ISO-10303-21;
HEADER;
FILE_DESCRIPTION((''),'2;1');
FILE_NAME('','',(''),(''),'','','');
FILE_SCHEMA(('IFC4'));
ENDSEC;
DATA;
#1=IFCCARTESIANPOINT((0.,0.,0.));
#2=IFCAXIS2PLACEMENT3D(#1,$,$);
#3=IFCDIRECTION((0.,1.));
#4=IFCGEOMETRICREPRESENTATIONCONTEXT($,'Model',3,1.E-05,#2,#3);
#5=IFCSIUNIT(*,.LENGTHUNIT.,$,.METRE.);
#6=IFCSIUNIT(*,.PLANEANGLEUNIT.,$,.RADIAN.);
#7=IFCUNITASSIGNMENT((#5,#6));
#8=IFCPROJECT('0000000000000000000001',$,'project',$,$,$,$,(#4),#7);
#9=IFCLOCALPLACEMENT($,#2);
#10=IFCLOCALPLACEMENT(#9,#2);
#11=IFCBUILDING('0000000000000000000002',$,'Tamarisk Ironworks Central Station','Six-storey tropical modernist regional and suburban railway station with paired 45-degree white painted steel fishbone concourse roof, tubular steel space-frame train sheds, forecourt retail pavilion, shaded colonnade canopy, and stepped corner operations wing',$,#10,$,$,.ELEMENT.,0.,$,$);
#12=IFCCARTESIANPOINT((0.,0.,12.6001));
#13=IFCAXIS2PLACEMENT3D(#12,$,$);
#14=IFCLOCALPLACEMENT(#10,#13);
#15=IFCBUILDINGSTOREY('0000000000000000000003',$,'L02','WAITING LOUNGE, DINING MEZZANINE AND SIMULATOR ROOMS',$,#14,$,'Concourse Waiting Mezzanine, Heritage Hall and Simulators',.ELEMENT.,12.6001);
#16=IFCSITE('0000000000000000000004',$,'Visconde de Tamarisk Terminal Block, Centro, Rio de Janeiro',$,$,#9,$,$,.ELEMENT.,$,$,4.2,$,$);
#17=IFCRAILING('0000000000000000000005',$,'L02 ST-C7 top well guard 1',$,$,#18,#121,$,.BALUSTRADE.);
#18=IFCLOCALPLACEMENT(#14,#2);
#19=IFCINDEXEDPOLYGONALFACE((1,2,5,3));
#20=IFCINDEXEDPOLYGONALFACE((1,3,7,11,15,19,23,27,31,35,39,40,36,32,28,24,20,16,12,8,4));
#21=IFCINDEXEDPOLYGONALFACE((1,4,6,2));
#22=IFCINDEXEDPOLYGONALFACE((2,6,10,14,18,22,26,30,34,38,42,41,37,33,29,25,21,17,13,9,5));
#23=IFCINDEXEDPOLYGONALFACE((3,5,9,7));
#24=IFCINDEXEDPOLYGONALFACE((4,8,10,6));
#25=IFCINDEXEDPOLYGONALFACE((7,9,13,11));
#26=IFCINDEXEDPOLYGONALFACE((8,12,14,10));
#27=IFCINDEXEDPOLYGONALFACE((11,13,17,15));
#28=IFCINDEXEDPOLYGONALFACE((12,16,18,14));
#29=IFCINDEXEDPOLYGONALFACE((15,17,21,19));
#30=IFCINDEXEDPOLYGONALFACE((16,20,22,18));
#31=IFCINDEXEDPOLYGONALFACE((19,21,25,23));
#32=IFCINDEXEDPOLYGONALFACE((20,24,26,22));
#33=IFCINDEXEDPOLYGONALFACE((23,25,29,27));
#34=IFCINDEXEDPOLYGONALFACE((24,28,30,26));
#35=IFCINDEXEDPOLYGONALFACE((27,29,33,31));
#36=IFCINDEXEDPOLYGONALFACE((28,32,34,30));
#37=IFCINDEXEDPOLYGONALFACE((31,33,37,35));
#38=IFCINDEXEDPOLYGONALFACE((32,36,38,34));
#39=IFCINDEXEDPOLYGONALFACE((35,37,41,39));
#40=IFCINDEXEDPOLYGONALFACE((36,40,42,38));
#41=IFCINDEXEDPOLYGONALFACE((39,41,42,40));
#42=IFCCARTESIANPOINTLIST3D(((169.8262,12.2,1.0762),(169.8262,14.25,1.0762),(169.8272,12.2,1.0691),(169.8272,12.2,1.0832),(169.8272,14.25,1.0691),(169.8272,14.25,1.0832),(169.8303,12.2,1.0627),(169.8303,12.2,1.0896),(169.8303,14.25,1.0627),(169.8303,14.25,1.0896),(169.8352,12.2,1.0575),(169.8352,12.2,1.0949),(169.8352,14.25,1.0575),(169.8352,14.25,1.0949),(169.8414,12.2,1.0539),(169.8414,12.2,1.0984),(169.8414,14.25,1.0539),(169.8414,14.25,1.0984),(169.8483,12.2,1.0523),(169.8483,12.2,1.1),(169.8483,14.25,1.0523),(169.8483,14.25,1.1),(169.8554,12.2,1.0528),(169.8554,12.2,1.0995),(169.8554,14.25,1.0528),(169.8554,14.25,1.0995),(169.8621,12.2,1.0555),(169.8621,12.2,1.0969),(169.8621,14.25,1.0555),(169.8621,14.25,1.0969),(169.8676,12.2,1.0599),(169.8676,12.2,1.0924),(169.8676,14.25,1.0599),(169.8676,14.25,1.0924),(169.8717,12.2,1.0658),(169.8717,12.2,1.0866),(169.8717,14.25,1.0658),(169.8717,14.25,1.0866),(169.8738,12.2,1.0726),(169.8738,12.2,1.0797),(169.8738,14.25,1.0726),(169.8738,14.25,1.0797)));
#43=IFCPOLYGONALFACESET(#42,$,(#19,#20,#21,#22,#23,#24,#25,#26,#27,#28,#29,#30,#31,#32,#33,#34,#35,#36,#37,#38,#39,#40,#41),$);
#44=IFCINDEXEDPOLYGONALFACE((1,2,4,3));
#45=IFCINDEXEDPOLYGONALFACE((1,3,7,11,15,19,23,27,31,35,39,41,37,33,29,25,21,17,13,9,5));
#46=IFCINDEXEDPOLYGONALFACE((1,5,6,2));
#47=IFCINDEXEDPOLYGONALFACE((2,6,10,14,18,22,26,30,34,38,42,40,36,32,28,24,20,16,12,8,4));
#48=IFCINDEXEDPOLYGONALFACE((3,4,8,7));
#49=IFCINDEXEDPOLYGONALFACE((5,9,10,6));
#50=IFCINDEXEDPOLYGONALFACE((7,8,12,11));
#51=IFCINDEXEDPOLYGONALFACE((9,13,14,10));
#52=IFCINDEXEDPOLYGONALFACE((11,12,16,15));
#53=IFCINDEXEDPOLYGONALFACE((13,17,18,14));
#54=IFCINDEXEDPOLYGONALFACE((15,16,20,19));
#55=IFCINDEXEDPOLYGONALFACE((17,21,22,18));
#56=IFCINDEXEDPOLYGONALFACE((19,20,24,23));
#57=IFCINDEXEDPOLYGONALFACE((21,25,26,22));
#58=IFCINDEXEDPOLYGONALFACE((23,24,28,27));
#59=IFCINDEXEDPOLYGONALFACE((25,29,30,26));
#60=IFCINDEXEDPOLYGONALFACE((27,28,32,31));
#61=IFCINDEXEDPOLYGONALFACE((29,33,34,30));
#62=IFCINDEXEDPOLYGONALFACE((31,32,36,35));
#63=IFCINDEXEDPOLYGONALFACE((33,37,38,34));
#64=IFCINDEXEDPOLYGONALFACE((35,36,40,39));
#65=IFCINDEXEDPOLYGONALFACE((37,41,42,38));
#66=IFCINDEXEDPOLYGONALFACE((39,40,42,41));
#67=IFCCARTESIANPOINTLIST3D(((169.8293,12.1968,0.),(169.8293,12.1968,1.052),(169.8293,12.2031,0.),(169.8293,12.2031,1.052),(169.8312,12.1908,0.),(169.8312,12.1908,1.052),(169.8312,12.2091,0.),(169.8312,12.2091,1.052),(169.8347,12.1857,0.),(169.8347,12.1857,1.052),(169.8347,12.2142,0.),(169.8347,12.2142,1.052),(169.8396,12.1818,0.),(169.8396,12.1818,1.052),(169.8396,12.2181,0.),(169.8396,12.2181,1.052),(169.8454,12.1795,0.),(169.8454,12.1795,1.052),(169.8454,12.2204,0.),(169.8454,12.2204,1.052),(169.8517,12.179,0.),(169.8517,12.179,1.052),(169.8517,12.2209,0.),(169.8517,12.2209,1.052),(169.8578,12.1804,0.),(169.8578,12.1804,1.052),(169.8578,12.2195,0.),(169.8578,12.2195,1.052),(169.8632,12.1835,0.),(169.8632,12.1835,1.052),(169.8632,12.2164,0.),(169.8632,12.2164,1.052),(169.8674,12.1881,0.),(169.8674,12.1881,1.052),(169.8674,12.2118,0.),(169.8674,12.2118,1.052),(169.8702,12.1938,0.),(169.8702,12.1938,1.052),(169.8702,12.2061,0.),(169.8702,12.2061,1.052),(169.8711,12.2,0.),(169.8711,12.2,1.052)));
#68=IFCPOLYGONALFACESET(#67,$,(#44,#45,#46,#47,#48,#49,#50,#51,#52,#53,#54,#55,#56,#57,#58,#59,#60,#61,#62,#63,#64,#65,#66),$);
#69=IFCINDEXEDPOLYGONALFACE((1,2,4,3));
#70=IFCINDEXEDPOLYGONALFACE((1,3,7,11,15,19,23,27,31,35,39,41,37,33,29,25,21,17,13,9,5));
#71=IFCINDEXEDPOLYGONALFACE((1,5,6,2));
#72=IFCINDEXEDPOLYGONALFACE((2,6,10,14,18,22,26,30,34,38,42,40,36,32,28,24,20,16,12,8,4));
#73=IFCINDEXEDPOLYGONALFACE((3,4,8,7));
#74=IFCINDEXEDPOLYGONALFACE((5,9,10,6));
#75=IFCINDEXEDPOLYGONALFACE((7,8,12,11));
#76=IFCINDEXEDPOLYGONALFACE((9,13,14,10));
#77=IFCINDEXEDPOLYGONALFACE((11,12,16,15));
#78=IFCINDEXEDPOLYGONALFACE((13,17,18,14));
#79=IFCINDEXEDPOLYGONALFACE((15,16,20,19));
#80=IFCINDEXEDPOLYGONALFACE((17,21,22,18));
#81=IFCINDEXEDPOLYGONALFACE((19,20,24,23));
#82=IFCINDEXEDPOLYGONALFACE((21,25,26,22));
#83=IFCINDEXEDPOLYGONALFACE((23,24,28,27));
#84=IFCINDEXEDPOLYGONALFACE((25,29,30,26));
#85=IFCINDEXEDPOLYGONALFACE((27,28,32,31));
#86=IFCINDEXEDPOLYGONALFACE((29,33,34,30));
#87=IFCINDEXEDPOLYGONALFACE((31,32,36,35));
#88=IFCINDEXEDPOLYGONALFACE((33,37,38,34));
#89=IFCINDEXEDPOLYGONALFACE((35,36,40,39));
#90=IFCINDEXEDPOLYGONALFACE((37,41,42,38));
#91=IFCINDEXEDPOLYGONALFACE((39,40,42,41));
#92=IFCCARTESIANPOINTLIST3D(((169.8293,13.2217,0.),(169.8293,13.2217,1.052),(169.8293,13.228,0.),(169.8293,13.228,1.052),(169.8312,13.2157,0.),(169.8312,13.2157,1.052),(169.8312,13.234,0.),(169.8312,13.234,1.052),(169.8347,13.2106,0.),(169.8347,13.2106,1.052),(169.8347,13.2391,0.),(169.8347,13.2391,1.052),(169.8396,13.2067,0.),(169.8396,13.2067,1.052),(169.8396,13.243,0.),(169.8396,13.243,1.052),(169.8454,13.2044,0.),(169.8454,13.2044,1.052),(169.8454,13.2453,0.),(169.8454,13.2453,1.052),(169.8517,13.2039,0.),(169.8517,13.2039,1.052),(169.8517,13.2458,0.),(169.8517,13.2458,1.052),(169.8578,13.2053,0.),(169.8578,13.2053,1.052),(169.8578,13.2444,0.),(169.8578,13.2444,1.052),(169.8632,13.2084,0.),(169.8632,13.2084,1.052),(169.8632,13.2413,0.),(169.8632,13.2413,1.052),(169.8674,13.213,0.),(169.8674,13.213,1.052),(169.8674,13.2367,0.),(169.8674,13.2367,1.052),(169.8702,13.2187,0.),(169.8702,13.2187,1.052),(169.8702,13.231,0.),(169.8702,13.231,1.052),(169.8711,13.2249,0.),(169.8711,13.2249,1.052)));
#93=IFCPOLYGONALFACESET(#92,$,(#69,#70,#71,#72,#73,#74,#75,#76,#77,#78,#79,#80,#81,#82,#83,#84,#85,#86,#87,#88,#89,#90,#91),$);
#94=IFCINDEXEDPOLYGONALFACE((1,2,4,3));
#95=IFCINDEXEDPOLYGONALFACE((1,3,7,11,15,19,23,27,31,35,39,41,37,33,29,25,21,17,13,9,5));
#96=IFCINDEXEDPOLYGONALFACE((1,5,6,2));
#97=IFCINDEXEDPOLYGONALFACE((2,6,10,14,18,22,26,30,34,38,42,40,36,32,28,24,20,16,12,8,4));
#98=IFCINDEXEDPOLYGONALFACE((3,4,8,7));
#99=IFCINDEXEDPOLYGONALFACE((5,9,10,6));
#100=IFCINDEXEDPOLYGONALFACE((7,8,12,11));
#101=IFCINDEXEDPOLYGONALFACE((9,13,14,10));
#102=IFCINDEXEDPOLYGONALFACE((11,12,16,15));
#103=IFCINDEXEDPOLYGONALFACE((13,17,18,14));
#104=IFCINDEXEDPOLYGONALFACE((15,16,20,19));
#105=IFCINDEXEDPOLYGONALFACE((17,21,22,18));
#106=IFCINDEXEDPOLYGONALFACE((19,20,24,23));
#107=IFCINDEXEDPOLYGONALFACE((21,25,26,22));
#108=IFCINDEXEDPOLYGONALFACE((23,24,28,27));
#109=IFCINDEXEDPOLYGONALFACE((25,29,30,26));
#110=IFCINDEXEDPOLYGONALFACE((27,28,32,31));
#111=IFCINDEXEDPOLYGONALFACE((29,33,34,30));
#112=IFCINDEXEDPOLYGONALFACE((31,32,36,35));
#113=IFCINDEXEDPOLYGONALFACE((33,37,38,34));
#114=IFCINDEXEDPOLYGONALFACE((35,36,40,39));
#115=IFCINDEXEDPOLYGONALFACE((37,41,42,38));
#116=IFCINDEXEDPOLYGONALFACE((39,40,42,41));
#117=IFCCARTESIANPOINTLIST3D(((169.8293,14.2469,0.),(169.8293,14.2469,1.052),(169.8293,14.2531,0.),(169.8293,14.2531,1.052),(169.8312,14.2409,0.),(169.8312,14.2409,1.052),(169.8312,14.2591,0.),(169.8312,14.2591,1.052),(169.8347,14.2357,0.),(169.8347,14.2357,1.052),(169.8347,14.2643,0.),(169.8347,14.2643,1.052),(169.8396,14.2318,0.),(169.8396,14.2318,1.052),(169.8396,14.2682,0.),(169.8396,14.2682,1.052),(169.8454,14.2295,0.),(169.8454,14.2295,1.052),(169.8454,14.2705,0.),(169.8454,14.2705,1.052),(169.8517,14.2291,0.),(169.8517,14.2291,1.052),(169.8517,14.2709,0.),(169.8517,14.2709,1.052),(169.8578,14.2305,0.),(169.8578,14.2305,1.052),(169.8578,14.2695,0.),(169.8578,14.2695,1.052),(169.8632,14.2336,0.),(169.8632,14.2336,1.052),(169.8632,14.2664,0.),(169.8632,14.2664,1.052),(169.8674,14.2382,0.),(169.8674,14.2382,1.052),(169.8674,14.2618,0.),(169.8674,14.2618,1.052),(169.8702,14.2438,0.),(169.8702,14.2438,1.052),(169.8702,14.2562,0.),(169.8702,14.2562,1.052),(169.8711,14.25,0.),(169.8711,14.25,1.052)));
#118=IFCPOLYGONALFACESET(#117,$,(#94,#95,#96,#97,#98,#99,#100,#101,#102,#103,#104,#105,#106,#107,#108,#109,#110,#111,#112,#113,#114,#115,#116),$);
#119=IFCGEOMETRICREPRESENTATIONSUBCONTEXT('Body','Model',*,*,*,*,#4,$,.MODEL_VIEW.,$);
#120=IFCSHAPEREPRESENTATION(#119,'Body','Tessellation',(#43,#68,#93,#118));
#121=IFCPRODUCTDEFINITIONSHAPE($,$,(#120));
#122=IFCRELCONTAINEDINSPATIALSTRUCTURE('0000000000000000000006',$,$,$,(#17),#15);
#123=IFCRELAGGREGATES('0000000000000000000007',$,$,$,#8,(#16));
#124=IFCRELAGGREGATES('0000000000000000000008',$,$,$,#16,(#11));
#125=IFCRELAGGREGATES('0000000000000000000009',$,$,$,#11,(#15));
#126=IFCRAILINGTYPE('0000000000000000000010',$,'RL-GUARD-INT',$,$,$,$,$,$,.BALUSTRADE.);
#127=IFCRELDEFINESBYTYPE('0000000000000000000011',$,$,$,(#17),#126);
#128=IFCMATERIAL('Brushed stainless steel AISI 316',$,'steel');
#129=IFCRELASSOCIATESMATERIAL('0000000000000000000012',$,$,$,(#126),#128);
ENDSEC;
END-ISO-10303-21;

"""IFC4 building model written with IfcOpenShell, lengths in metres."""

from ifc_helpers import new_model, si_unit, direction, frame, origin, origin_2d, place, context, subcontext, project, spatial, circle, extrude, material, type_object, element, save


model = new_model("IFC4")

# Units and contexts
model_context = context("Model", 3, precision=1e-05, world=origin(), true_north=direction((0.0, 1.0)))
body_context = subcontext(model_context, "Body", "Model", "MODEL_VIEW")
ifc_project = project(units=[si_unit("LENGTHUNIT", "METRE"), si_unit("PLANEANGLEUNIT", "RADIAN")], contexts=[model_context])

# Site, building, storey
site_placement = place(None, origin())
site = spatial("IfcSite", under=ifc_project, at=site_placement, Name="Visconde de Tamarisk Terminal Block, Centro, Rio de Janeiro", CompositionType="ELEMENT", RefElevation=4.2)
building_placement = place(site_placement, origin())
building = spatial("IfcBuilding", under=site, at=building_placement, Name="Tamarisk Ironworks Central Station", Description="Six-storey tropical modernist regional and suburban railway station with paired 45-degree white painted steel fishbone concourse roof, tubular steel space-frame train sheds, forecourt retail pavilion, shaded colonnade canopy, and stepped corner operations wing", CompositionType="ELEMENT", ElevationOfRefHeight=0.0)
storey_placement = place(building_placement, frame((0.0, 0.0, 12.6001)))
storey = spatial("IfcBuildingStorey", under=building, at=storey_placement, Name="L02", Description="WAITING LOUNGE, DINING MEZZANINE AND SIMULATOR ROOMS", LongName="Concourse Waiting Mezzanine, Heritage Hall and Simulators", CompositionType="ELEMENT", Elevation=12.6001)

# Railing
ifc_material_1 = material(Name="Brushed stainless steel AISI 316", Category="steel")
railing_type = type_object("IfcRailingType", Name="RL-GUARD-INT", PredefinedType="BALUSTRADE", material=ifc_material_1)
railing_placement = place(storey_placement, frame((169.8501, 12.2, 0.0)))
element("IfcRailing", 1, at=railing_placement, inside=storey, type_object=railing_type, Name="L02 ST-C7 top well guard 1", PredefinedType="BALUSTRADE", context=body_context, shape_type="SweptSolid", body=[
    extrude(circle(Radius=0.0239, at=origin_2d()), frame((0.0, 0.0, 1.0762), z_axis=(0.0, 1.0, 0.0), x_axis=(-1.0, 0.0, 0.0)), (0.0, 0.0, 1.0), 2.05),
    extrude(circle(Radius=0.021, at=origin_2d()), origin(), (0.0, 0.0, 1.0), 1.052),
    extrude(circle(Radius=0.021, at=origin_2d()), frame((0.0, 1.0249, 0.0)), (0.0, 0.0, 1.0), 1.052),
    extrude(circle(Radius=0.021, at=origin_2d()), frame((0.0, 2.05, 0.0)), (0.0, 0.0, 1.0), 1.052),
])

save(model, "model.ifc")
